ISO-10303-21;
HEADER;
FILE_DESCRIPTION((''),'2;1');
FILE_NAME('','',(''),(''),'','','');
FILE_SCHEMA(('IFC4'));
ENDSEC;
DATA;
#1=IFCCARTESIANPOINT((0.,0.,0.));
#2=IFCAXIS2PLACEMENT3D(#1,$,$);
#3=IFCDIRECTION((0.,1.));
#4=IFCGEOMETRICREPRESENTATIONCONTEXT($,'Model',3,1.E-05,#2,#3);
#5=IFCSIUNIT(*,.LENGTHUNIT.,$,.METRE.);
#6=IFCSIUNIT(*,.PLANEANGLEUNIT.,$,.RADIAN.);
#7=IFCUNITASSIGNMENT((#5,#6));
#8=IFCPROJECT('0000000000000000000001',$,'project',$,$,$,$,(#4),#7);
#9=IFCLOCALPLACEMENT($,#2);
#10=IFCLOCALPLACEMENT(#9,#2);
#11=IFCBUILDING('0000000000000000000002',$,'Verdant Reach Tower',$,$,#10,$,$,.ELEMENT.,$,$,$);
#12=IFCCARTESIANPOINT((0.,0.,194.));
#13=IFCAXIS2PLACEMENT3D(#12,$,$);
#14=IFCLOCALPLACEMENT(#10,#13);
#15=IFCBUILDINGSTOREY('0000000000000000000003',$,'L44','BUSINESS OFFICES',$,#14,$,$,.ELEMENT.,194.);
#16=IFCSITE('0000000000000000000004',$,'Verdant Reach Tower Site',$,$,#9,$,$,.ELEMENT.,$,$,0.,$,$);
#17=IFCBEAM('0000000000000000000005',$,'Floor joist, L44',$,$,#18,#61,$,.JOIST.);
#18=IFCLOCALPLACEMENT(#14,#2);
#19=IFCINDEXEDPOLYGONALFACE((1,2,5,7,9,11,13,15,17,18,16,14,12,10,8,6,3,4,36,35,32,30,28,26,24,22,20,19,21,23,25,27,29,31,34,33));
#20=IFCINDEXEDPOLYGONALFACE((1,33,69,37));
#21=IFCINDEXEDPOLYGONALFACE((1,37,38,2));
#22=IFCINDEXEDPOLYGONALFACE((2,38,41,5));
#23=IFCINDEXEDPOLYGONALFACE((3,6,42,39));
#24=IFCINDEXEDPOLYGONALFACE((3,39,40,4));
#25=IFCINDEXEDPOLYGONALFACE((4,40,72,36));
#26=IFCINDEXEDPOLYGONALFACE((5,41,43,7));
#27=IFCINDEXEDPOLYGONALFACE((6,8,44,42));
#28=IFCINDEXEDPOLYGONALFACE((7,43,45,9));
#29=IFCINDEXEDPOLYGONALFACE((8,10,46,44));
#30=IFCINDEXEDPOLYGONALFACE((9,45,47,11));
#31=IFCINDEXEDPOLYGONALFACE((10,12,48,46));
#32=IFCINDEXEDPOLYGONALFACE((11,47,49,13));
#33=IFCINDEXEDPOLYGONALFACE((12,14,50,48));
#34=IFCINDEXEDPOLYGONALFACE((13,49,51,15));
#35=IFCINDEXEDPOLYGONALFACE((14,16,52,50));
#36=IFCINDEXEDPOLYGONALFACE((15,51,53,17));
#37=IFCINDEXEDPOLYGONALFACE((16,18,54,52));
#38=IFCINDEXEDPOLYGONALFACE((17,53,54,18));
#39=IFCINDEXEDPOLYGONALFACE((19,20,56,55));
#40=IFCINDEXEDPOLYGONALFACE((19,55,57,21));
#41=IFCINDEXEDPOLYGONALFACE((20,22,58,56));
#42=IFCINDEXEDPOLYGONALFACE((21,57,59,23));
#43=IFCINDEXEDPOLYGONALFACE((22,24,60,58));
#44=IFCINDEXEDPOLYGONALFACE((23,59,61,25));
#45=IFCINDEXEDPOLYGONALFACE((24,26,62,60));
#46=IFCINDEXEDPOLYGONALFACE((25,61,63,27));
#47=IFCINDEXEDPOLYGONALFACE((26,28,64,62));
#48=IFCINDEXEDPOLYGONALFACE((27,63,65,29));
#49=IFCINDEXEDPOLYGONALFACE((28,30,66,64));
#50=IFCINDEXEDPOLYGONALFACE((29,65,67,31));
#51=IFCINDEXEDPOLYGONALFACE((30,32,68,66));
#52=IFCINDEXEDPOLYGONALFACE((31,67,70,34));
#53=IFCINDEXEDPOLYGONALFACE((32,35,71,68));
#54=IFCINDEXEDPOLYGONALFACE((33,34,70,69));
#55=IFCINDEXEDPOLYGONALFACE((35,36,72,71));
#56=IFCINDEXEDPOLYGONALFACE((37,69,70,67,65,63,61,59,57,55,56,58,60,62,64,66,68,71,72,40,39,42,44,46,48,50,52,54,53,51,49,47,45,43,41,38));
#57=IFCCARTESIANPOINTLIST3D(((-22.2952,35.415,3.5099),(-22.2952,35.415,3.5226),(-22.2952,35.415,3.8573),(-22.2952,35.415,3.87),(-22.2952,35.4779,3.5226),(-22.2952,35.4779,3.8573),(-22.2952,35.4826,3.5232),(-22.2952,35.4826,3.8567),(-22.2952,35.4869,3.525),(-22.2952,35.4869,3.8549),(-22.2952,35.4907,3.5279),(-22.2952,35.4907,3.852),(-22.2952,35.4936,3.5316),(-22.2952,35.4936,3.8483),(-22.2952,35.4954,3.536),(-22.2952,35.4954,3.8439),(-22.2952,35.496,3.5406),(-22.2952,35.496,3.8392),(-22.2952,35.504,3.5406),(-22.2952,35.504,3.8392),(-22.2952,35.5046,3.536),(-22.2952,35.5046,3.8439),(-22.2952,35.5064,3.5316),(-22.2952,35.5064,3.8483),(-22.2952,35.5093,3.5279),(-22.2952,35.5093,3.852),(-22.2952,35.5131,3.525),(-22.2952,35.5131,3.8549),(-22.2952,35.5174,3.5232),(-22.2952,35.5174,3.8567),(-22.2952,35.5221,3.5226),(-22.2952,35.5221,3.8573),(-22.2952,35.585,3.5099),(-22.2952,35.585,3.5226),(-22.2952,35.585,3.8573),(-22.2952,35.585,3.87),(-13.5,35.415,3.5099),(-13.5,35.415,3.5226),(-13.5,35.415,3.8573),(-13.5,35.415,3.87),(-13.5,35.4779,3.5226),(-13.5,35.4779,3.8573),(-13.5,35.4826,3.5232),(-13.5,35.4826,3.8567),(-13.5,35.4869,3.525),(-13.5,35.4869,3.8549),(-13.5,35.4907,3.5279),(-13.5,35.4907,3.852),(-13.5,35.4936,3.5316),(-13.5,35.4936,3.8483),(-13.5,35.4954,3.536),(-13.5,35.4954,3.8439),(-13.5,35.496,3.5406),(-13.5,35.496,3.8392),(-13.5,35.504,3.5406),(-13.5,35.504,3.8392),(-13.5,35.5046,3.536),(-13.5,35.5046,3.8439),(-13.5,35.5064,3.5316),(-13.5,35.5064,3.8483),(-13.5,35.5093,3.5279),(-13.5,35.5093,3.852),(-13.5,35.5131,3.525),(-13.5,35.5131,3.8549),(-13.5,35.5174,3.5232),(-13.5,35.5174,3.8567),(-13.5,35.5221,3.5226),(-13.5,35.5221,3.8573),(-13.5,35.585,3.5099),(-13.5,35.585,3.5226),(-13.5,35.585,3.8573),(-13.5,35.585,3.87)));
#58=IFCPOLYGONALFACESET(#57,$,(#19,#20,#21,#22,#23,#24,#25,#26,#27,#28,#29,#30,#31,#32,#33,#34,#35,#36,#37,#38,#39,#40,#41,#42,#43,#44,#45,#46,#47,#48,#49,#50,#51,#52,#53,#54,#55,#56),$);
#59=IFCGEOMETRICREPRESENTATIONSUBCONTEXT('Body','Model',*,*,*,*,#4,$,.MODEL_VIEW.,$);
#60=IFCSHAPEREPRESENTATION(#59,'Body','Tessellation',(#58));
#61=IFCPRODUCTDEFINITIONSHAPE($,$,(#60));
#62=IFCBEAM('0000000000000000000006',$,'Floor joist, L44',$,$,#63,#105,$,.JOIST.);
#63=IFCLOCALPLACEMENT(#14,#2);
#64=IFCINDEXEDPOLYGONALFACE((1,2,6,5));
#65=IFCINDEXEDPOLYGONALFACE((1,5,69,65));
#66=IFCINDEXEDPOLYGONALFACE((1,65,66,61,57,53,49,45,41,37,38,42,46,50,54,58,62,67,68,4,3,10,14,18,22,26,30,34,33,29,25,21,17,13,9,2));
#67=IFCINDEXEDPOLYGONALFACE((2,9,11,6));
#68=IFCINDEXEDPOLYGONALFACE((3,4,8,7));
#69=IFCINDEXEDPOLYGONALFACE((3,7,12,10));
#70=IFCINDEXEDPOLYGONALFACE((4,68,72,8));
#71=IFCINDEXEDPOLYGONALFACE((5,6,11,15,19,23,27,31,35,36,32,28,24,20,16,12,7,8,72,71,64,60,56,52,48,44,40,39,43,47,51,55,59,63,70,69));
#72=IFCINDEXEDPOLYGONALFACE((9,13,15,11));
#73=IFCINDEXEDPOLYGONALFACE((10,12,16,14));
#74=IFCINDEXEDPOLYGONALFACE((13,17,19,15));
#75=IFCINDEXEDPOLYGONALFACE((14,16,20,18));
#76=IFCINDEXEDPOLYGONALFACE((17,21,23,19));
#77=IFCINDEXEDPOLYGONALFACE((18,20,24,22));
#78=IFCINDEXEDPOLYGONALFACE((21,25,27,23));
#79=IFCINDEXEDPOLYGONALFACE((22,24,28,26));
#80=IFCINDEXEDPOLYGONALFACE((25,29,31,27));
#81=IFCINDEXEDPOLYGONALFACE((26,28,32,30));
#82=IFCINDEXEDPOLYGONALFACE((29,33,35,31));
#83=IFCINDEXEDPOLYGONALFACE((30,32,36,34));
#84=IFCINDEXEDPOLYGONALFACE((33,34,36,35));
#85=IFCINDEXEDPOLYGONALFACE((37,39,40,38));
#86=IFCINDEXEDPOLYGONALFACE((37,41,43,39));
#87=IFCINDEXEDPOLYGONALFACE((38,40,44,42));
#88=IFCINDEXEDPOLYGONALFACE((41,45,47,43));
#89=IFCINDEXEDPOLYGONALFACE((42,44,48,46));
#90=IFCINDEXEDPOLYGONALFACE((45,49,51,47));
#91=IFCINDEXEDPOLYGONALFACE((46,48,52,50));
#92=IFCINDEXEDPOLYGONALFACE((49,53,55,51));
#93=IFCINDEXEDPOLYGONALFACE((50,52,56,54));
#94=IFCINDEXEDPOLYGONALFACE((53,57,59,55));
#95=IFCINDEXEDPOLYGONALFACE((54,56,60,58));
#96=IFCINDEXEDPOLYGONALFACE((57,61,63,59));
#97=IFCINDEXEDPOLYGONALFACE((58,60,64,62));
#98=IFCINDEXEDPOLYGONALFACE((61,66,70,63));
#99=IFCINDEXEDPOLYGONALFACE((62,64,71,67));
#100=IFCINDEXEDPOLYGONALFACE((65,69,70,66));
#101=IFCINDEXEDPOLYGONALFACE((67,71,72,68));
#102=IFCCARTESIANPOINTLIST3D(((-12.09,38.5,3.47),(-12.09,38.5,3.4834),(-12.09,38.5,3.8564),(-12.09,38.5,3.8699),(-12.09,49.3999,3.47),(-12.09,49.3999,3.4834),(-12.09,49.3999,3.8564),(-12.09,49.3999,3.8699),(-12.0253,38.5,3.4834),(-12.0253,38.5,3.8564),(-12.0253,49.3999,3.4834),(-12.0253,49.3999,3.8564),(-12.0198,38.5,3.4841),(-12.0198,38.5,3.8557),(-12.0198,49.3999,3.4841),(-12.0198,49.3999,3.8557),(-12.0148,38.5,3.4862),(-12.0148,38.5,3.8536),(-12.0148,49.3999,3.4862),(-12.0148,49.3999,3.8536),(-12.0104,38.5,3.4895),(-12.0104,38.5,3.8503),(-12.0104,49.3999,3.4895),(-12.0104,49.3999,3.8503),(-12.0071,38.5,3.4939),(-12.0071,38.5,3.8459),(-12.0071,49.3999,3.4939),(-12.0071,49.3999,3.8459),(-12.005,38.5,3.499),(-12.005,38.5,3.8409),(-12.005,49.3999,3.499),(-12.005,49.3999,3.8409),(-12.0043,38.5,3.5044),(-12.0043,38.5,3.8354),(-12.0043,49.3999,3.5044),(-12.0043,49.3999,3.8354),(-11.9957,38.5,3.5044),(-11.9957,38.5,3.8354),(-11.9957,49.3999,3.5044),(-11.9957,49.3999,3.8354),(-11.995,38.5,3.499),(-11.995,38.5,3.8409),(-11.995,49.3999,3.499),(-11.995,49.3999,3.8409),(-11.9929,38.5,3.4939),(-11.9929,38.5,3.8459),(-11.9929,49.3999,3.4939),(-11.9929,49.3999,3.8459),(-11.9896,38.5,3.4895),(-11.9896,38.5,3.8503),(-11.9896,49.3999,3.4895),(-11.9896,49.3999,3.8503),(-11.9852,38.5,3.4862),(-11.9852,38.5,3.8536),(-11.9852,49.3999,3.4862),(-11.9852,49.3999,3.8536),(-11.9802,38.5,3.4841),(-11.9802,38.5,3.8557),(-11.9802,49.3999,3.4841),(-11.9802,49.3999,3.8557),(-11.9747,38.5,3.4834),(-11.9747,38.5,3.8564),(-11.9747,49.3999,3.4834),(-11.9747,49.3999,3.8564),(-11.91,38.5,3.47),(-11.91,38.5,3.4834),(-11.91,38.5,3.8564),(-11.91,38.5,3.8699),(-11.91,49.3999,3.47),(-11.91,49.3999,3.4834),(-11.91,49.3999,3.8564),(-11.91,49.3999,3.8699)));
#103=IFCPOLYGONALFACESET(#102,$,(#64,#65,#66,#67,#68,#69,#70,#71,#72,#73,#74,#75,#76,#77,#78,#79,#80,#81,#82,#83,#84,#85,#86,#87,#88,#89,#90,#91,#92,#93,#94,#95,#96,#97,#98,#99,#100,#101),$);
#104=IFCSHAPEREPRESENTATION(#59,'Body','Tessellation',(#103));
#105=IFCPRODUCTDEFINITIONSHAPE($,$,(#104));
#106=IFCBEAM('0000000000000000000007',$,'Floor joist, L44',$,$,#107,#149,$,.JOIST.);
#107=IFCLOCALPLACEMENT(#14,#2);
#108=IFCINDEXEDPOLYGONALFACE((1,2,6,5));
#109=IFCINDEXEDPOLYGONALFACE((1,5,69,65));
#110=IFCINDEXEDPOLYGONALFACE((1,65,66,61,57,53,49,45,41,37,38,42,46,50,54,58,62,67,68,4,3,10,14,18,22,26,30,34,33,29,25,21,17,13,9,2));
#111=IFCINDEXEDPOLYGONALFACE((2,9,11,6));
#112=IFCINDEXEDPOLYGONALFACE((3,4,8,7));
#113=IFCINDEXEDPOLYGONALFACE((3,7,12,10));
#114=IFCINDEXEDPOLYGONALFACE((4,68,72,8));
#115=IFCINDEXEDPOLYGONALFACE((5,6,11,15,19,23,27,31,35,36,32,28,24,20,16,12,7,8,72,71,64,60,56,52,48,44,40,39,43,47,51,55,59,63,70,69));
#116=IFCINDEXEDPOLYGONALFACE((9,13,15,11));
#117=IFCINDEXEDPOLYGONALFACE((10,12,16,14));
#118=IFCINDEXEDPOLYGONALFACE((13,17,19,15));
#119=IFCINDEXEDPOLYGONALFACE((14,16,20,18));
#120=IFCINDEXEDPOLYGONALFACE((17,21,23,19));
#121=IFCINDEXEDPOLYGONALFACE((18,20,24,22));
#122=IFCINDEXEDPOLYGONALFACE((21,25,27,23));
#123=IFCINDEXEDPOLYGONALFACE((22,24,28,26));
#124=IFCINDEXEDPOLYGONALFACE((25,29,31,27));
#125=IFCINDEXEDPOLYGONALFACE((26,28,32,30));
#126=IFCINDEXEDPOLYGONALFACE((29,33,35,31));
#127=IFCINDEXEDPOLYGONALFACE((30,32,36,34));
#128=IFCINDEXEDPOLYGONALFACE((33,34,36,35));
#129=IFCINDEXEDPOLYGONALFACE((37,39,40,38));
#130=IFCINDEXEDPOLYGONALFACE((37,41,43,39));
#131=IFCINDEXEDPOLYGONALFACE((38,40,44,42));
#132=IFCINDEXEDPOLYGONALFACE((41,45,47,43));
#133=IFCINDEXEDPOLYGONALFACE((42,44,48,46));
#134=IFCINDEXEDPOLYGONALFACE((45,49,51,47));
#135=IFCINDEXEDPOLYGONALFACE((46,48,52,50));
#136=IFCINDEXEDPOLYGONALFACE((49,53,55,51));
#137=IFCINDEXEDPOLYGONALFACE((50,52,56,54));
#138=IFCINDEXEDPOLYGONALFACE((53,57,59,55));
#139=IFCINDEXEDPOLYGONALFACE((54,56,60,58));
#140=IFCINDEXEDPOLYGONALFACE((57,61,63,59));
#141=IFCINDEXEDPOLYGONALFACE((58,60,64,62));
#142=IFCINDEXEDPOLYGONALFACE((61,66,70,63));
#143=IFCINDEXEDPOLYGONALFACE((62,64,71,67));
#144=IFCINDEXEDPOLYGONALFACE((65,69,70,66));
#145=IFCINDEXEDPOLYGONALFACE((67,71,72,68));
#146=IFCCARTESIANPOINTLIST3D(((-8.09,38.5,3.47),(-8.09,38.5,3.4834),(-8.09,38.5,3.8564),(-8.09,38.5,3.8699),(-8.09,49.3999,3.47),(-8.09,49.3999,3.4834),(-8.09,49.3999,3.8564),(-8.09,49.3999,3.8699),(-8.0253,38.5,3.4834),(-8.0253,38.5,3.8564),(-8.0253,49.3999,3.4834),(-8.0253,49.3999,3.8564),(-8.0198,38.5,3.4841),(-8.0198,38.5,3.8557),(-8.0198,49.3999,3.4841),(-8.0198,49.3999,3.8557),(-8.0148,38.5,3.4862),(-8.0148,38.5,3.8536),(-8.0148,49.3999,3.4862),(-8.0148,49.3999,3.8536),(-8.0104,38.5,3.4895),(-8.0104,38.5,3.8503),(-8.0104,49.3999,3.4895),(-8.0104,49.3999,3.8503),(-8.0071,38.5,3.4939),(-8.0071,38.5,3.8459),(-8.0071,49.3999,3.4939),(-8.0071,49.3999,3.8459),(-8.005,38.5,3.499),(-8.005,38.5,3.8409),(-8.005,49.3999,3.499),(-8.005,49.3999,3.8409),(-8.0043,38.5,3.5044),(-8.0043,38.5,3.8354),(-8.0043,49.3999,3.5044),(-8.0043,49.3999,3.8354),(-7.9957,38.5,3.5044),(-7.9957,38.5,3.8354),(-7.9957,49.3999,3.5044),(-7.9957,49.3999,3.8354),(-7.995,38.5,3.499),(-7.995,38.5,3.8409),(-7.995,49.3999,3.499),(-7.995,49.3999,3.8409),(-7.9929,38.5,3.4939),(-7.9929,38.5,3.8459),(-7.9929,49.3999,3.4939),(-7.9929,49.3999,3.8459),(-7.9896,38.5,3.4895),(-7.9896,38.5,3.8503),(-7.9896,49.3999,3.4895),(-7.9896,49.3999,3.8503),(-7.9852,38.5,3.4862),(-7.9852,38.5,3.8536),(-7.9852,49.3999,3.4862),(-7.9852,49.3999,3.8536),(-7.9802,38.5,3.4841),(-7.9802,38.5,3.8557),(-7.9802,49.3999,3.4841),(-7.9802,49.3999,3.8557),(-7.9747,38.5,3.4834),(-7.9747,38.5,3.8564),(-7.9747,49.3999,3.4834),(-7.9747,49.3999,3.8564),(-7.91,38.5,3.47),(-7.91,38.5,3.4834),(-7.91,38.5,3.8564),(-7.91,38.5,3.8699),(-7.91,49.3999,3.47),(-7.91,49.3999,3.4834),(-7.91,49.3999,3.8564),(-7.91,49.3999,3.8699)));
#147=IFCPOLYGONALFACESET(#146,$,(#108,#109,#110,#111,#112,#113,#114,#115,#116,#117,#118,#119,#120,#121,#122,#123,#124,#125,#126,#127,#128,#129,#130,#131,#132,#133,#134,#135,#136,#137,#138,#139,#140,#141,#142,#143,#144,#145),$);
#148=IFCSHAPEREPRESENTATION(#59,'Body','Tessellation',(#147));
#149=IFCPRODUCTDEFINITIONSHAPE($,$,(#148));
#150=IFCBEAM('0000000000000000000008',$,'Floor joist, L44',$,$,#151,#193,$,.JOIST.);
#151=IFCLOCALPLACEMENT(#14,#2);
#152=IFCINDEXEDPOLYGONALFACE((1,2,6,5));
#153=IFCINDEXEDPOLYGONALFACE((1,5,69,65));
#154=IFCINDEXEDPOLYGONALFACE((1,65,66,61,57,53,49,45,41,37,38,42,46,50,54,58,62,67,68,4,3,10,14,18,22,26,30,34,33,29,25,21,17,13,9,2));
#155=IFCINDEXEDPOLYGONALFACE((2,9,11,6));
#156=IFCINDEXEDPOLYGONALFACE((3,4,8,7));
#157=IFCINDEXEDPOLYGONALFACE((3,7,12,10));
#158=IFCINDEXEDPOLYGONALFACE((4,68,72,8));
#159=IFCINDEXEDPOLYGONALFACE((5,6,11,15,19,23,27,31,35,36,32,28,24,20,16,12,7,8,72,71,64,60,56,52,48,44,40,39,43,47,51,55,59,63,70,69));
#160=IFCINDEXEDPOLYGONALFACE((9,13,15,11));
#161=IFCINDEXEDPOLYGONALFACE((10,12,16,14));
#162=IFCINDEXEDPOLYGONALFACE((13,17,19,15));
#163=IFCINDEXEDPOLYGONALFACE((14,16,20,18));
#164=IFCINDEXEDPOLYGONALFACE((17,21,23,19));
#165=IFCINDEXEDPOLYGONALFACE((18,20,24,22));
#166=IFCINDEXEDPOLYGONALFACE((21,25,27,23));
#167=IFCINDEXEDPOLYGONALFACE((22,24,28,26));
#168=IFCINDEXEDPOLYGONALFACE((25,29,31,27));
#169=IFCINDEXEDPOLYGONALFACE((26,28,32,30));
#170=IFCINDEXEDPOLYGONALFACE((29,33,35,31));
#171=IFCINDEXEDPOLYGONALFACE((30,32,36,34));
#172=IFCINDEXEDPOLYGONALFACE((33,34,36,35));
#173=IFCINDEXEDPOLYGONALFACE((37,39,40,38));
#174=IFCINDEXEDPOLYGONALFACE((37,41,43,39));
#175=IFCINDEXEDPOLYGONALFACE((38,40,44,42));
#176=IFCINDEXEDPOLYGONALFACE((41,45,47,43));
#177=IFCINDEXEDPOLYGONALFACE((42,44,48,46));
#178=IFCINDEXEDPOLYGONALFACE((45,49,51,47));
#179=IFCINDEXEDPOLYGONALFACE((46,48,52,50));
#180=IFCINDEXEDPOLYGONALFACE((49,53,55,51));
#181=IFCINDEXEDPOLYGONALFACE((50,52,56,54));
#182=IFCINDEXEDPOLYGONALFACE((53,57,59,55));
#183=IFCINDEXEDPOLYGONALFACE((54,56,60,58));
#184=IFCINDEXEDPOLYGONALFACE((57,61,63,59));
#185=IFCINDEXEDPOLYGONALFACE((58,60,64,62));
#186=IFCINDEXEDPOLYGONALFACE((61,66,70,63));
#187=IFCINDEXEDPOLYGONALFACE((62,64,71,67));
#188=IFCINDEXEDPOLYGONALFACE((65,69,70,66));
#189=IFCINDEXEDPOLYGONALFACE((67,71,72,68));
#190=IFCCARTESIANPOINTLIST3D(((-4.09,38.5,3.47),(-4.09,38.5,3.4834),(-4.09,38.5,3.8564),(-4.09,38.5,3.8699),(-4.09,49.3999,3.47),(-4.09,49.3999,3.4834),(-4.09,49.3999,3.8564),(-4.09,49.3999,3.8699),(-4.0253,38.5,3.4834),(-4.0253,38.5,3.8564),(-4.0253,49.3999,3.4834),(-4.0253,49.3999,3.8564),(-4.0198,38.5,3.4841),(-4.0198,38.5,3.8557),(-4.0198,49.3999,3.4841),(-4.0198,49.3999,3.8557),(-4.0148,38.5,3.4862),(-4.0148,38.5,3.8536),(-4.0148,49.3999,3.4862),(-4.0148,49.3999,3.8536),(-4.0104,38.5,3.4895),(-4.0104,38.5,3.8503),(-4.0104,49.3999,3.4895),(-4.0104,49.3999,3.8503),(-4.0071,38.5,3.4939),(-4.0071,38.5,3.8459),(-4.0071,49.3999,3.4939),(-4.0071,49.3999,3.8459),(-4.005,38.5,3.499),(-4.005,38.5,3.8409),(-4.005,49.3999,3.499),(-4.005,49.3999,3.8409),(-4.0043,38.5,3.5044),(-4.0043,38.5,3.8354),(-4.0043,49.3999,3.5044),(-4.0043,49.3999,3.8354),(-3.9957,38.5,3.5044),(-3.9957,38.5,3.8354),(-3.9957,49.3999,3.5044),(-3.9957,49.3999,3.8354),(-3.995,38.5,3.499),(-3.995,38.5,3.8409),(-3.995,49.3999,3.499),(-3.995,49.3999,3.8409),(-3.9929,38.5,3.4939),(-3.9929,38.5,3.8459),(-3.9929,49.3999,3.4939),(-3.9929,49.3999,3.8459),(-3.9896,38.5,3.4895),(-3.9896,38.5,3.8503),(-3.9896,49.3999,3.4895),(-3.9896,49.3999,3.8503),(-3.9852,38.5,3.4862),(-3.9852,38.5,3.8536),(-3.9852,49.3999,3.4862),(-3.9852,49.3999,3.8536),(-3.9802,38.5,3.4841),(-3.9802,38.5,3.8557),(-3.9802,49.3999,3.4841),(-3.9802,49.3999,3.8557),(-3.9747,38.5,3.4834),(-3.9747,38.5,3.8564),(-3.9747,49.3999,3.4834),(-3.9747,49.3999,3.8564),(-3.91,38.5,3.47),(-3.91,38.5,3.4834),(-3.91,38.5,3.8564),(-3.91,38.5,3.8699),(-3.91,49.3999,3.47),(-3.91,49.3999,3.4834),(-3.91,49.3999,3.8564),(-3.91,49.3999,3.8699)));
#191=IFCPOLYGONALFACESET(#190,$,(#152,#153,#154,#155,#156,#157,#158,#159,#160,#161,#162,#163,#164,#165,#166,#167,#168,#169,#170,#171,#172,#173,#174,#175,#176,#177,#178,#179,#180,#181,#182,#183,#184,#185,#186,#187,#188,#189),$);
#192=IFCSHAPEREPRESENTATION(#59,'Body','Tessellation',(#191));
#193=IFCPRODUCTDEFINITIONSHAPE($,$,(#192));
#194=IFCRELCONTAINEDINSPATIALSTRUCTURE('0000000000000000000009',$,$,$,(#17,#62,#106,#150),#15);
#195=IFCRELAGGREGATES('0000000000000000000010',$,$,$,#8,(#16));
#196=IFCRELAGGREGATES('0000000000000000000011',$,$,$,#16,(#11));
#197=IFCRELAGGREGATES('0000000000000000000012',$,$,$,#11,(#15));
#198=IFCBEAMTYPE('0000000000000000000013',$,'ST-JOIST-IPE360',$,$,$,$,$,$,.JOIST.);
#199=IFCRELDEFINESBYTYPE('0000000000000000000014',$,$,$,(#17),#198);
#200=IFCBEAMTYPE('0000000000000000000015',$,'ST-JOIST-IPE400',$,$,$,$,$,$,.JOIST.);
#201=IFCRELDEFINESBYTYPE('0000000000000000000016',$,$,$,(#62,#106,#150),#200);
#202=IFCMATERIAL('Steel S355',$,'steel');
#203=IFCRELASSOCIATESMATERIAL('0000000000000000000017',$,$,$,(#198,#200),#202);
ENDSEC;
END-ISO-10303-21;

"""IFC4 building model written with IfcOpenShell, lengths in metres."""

from ifc_helpers import new_model, si_unit, direction, frame, origin, origin_2d, place, context, subcontext, project, spatial, i_section, extrude, material, material_profile, profile_set, type_object, element, save


model = new_model("IFC4")

# Units and contexts
model_context = context("Model", 3, precision=1e-05, world=origin(), true_north=direction((0.0, 1.0)))
body_context = subcontext(model_context, "Body", "Model", "MODEL_VIEW")
ifc_project = project(units=[si_unit("LENGTHUNIT", "METRE"), si_unit("PLANEANGLEUNIT", "RADIAN")], contexts=[model_context])

# Site, building, storey
site_placement = place(None, origin())
site = spatial("IfcSite", under=ifc_project, at=site_placement, Name="Verdant Reach Tower Site", CompositionType="ELEMENT", RefElevation=0.0)
building_placement = place(site_placement, origin())
building = spatial("IfcBuilding", under=site, at=building_placement, Name="Verdant Reach Tower", CompositionType="ELEMENT")
storey_placement = place(building_placement, frame((0.0, 0.0, 194.0)))
storey = spatial("IfcBuildingStorey", under=building, at=storey_placement, Name="L44", Description="BUSINESS OFFICES", CompositionType="ELEMENT", Elevation=194.0)

# Beams
ifc_material_1 = material(Name="Steel S355", Category="steel")
ifc_material_profile_1 = material_profile(ifc_material_1, i_section(OverallWidth=0.1699, OverallDepth=0.3601, WebThickness=0.0081, FlangeThickness=0.0127, FilletRadius=0.0181, at=origin_2d()), Name="IPE 360")
ifc_profile_set_1 = profile_set([ifc_material_profile_1], Name="Steel S355")
beam_type_1 = type_object("IfcBeamType", Name="ST-JOIST-IPE360", PredefinedType="JOIST", material=ifc_profile_set_1)
beam_1_placement = place(storey_placement, frame((-13.5, 35.5, 3.6899), z_axis=(-1.0, 0.0, 0.0), x_axis=(0.0, -1.0, 0.0)))
element("IfcBeam", 1, at=beam_1_placement, inside=storey, type_object=beam_type_1, Name="Floor joist, L44", PredefinedType="JOIST", context=body_context, shape_type="SweptSolid", body=[
    extrude(i_section(OverallWidth=0.1699, OverallDepth=0.3601, WebThickness=0.0081, FlangeThickness=0.0127, FilletRadius=0.0181, at=origin_2d()), origin(), (0.0, 0.0, 1.0), 8.7952),
])
ifc_material_profile_2 = material_profile(ifc_material_1, i_section(OverallWidth=0.1799, OverallDepth=0.3999, WebThickness=0.0085, FlangeThickness=0.0134, FilletRadius=0.021, at=origin_2d()), Name="IPE 400")
ifc_profile_set_2 = profile_set([ifc_material_profile_2], Name="Steel S355")
beam_type_2 = type_object("IfcBeamType", Name="ST-JOIST-IPE400", PredefinedType="JOIST", material=ifc_profile_set_2)
for number, where, z_axis, x_axis, name in (
    (2, (-12.0, 38.5, 3.6699), (0.0, 1.0, 0.0), (-1.0, 0.0, 0.0), "Floor joist, L44"),
    (3, (-8.0, 38.5, 3.6699), (0.0, 1.0, 0.0), (-1.0, 0.0, 0.0), "Floor joist, L44"),
    (4, (-4.0, 38.5, 3.6699), (0.0, 1.0, 0.0), (-1.0, 0.0, 0.0), "Floor joist, L44"),
):
    element("IfcBeam", number, at=place(storey_placement, frame(where, z_axis=z_axis, x_axis=x_axis)), inside=storey, type_object=beam_type_2, Name=name, PredefinedType="JOIST", context=body_context, shape_type="SweptSolid", body=[
        extrude(i_section(OverallWidth=0.1799, OverallDepth=0.3999, WebThickness=0.0085, FlangeThickness=0.0134, FilletRadius=0.021, at=origin_2d()), origin(), (0.0, 0.0, 1.0), 10.8999),
    ])

save(model, "model.ifc")
